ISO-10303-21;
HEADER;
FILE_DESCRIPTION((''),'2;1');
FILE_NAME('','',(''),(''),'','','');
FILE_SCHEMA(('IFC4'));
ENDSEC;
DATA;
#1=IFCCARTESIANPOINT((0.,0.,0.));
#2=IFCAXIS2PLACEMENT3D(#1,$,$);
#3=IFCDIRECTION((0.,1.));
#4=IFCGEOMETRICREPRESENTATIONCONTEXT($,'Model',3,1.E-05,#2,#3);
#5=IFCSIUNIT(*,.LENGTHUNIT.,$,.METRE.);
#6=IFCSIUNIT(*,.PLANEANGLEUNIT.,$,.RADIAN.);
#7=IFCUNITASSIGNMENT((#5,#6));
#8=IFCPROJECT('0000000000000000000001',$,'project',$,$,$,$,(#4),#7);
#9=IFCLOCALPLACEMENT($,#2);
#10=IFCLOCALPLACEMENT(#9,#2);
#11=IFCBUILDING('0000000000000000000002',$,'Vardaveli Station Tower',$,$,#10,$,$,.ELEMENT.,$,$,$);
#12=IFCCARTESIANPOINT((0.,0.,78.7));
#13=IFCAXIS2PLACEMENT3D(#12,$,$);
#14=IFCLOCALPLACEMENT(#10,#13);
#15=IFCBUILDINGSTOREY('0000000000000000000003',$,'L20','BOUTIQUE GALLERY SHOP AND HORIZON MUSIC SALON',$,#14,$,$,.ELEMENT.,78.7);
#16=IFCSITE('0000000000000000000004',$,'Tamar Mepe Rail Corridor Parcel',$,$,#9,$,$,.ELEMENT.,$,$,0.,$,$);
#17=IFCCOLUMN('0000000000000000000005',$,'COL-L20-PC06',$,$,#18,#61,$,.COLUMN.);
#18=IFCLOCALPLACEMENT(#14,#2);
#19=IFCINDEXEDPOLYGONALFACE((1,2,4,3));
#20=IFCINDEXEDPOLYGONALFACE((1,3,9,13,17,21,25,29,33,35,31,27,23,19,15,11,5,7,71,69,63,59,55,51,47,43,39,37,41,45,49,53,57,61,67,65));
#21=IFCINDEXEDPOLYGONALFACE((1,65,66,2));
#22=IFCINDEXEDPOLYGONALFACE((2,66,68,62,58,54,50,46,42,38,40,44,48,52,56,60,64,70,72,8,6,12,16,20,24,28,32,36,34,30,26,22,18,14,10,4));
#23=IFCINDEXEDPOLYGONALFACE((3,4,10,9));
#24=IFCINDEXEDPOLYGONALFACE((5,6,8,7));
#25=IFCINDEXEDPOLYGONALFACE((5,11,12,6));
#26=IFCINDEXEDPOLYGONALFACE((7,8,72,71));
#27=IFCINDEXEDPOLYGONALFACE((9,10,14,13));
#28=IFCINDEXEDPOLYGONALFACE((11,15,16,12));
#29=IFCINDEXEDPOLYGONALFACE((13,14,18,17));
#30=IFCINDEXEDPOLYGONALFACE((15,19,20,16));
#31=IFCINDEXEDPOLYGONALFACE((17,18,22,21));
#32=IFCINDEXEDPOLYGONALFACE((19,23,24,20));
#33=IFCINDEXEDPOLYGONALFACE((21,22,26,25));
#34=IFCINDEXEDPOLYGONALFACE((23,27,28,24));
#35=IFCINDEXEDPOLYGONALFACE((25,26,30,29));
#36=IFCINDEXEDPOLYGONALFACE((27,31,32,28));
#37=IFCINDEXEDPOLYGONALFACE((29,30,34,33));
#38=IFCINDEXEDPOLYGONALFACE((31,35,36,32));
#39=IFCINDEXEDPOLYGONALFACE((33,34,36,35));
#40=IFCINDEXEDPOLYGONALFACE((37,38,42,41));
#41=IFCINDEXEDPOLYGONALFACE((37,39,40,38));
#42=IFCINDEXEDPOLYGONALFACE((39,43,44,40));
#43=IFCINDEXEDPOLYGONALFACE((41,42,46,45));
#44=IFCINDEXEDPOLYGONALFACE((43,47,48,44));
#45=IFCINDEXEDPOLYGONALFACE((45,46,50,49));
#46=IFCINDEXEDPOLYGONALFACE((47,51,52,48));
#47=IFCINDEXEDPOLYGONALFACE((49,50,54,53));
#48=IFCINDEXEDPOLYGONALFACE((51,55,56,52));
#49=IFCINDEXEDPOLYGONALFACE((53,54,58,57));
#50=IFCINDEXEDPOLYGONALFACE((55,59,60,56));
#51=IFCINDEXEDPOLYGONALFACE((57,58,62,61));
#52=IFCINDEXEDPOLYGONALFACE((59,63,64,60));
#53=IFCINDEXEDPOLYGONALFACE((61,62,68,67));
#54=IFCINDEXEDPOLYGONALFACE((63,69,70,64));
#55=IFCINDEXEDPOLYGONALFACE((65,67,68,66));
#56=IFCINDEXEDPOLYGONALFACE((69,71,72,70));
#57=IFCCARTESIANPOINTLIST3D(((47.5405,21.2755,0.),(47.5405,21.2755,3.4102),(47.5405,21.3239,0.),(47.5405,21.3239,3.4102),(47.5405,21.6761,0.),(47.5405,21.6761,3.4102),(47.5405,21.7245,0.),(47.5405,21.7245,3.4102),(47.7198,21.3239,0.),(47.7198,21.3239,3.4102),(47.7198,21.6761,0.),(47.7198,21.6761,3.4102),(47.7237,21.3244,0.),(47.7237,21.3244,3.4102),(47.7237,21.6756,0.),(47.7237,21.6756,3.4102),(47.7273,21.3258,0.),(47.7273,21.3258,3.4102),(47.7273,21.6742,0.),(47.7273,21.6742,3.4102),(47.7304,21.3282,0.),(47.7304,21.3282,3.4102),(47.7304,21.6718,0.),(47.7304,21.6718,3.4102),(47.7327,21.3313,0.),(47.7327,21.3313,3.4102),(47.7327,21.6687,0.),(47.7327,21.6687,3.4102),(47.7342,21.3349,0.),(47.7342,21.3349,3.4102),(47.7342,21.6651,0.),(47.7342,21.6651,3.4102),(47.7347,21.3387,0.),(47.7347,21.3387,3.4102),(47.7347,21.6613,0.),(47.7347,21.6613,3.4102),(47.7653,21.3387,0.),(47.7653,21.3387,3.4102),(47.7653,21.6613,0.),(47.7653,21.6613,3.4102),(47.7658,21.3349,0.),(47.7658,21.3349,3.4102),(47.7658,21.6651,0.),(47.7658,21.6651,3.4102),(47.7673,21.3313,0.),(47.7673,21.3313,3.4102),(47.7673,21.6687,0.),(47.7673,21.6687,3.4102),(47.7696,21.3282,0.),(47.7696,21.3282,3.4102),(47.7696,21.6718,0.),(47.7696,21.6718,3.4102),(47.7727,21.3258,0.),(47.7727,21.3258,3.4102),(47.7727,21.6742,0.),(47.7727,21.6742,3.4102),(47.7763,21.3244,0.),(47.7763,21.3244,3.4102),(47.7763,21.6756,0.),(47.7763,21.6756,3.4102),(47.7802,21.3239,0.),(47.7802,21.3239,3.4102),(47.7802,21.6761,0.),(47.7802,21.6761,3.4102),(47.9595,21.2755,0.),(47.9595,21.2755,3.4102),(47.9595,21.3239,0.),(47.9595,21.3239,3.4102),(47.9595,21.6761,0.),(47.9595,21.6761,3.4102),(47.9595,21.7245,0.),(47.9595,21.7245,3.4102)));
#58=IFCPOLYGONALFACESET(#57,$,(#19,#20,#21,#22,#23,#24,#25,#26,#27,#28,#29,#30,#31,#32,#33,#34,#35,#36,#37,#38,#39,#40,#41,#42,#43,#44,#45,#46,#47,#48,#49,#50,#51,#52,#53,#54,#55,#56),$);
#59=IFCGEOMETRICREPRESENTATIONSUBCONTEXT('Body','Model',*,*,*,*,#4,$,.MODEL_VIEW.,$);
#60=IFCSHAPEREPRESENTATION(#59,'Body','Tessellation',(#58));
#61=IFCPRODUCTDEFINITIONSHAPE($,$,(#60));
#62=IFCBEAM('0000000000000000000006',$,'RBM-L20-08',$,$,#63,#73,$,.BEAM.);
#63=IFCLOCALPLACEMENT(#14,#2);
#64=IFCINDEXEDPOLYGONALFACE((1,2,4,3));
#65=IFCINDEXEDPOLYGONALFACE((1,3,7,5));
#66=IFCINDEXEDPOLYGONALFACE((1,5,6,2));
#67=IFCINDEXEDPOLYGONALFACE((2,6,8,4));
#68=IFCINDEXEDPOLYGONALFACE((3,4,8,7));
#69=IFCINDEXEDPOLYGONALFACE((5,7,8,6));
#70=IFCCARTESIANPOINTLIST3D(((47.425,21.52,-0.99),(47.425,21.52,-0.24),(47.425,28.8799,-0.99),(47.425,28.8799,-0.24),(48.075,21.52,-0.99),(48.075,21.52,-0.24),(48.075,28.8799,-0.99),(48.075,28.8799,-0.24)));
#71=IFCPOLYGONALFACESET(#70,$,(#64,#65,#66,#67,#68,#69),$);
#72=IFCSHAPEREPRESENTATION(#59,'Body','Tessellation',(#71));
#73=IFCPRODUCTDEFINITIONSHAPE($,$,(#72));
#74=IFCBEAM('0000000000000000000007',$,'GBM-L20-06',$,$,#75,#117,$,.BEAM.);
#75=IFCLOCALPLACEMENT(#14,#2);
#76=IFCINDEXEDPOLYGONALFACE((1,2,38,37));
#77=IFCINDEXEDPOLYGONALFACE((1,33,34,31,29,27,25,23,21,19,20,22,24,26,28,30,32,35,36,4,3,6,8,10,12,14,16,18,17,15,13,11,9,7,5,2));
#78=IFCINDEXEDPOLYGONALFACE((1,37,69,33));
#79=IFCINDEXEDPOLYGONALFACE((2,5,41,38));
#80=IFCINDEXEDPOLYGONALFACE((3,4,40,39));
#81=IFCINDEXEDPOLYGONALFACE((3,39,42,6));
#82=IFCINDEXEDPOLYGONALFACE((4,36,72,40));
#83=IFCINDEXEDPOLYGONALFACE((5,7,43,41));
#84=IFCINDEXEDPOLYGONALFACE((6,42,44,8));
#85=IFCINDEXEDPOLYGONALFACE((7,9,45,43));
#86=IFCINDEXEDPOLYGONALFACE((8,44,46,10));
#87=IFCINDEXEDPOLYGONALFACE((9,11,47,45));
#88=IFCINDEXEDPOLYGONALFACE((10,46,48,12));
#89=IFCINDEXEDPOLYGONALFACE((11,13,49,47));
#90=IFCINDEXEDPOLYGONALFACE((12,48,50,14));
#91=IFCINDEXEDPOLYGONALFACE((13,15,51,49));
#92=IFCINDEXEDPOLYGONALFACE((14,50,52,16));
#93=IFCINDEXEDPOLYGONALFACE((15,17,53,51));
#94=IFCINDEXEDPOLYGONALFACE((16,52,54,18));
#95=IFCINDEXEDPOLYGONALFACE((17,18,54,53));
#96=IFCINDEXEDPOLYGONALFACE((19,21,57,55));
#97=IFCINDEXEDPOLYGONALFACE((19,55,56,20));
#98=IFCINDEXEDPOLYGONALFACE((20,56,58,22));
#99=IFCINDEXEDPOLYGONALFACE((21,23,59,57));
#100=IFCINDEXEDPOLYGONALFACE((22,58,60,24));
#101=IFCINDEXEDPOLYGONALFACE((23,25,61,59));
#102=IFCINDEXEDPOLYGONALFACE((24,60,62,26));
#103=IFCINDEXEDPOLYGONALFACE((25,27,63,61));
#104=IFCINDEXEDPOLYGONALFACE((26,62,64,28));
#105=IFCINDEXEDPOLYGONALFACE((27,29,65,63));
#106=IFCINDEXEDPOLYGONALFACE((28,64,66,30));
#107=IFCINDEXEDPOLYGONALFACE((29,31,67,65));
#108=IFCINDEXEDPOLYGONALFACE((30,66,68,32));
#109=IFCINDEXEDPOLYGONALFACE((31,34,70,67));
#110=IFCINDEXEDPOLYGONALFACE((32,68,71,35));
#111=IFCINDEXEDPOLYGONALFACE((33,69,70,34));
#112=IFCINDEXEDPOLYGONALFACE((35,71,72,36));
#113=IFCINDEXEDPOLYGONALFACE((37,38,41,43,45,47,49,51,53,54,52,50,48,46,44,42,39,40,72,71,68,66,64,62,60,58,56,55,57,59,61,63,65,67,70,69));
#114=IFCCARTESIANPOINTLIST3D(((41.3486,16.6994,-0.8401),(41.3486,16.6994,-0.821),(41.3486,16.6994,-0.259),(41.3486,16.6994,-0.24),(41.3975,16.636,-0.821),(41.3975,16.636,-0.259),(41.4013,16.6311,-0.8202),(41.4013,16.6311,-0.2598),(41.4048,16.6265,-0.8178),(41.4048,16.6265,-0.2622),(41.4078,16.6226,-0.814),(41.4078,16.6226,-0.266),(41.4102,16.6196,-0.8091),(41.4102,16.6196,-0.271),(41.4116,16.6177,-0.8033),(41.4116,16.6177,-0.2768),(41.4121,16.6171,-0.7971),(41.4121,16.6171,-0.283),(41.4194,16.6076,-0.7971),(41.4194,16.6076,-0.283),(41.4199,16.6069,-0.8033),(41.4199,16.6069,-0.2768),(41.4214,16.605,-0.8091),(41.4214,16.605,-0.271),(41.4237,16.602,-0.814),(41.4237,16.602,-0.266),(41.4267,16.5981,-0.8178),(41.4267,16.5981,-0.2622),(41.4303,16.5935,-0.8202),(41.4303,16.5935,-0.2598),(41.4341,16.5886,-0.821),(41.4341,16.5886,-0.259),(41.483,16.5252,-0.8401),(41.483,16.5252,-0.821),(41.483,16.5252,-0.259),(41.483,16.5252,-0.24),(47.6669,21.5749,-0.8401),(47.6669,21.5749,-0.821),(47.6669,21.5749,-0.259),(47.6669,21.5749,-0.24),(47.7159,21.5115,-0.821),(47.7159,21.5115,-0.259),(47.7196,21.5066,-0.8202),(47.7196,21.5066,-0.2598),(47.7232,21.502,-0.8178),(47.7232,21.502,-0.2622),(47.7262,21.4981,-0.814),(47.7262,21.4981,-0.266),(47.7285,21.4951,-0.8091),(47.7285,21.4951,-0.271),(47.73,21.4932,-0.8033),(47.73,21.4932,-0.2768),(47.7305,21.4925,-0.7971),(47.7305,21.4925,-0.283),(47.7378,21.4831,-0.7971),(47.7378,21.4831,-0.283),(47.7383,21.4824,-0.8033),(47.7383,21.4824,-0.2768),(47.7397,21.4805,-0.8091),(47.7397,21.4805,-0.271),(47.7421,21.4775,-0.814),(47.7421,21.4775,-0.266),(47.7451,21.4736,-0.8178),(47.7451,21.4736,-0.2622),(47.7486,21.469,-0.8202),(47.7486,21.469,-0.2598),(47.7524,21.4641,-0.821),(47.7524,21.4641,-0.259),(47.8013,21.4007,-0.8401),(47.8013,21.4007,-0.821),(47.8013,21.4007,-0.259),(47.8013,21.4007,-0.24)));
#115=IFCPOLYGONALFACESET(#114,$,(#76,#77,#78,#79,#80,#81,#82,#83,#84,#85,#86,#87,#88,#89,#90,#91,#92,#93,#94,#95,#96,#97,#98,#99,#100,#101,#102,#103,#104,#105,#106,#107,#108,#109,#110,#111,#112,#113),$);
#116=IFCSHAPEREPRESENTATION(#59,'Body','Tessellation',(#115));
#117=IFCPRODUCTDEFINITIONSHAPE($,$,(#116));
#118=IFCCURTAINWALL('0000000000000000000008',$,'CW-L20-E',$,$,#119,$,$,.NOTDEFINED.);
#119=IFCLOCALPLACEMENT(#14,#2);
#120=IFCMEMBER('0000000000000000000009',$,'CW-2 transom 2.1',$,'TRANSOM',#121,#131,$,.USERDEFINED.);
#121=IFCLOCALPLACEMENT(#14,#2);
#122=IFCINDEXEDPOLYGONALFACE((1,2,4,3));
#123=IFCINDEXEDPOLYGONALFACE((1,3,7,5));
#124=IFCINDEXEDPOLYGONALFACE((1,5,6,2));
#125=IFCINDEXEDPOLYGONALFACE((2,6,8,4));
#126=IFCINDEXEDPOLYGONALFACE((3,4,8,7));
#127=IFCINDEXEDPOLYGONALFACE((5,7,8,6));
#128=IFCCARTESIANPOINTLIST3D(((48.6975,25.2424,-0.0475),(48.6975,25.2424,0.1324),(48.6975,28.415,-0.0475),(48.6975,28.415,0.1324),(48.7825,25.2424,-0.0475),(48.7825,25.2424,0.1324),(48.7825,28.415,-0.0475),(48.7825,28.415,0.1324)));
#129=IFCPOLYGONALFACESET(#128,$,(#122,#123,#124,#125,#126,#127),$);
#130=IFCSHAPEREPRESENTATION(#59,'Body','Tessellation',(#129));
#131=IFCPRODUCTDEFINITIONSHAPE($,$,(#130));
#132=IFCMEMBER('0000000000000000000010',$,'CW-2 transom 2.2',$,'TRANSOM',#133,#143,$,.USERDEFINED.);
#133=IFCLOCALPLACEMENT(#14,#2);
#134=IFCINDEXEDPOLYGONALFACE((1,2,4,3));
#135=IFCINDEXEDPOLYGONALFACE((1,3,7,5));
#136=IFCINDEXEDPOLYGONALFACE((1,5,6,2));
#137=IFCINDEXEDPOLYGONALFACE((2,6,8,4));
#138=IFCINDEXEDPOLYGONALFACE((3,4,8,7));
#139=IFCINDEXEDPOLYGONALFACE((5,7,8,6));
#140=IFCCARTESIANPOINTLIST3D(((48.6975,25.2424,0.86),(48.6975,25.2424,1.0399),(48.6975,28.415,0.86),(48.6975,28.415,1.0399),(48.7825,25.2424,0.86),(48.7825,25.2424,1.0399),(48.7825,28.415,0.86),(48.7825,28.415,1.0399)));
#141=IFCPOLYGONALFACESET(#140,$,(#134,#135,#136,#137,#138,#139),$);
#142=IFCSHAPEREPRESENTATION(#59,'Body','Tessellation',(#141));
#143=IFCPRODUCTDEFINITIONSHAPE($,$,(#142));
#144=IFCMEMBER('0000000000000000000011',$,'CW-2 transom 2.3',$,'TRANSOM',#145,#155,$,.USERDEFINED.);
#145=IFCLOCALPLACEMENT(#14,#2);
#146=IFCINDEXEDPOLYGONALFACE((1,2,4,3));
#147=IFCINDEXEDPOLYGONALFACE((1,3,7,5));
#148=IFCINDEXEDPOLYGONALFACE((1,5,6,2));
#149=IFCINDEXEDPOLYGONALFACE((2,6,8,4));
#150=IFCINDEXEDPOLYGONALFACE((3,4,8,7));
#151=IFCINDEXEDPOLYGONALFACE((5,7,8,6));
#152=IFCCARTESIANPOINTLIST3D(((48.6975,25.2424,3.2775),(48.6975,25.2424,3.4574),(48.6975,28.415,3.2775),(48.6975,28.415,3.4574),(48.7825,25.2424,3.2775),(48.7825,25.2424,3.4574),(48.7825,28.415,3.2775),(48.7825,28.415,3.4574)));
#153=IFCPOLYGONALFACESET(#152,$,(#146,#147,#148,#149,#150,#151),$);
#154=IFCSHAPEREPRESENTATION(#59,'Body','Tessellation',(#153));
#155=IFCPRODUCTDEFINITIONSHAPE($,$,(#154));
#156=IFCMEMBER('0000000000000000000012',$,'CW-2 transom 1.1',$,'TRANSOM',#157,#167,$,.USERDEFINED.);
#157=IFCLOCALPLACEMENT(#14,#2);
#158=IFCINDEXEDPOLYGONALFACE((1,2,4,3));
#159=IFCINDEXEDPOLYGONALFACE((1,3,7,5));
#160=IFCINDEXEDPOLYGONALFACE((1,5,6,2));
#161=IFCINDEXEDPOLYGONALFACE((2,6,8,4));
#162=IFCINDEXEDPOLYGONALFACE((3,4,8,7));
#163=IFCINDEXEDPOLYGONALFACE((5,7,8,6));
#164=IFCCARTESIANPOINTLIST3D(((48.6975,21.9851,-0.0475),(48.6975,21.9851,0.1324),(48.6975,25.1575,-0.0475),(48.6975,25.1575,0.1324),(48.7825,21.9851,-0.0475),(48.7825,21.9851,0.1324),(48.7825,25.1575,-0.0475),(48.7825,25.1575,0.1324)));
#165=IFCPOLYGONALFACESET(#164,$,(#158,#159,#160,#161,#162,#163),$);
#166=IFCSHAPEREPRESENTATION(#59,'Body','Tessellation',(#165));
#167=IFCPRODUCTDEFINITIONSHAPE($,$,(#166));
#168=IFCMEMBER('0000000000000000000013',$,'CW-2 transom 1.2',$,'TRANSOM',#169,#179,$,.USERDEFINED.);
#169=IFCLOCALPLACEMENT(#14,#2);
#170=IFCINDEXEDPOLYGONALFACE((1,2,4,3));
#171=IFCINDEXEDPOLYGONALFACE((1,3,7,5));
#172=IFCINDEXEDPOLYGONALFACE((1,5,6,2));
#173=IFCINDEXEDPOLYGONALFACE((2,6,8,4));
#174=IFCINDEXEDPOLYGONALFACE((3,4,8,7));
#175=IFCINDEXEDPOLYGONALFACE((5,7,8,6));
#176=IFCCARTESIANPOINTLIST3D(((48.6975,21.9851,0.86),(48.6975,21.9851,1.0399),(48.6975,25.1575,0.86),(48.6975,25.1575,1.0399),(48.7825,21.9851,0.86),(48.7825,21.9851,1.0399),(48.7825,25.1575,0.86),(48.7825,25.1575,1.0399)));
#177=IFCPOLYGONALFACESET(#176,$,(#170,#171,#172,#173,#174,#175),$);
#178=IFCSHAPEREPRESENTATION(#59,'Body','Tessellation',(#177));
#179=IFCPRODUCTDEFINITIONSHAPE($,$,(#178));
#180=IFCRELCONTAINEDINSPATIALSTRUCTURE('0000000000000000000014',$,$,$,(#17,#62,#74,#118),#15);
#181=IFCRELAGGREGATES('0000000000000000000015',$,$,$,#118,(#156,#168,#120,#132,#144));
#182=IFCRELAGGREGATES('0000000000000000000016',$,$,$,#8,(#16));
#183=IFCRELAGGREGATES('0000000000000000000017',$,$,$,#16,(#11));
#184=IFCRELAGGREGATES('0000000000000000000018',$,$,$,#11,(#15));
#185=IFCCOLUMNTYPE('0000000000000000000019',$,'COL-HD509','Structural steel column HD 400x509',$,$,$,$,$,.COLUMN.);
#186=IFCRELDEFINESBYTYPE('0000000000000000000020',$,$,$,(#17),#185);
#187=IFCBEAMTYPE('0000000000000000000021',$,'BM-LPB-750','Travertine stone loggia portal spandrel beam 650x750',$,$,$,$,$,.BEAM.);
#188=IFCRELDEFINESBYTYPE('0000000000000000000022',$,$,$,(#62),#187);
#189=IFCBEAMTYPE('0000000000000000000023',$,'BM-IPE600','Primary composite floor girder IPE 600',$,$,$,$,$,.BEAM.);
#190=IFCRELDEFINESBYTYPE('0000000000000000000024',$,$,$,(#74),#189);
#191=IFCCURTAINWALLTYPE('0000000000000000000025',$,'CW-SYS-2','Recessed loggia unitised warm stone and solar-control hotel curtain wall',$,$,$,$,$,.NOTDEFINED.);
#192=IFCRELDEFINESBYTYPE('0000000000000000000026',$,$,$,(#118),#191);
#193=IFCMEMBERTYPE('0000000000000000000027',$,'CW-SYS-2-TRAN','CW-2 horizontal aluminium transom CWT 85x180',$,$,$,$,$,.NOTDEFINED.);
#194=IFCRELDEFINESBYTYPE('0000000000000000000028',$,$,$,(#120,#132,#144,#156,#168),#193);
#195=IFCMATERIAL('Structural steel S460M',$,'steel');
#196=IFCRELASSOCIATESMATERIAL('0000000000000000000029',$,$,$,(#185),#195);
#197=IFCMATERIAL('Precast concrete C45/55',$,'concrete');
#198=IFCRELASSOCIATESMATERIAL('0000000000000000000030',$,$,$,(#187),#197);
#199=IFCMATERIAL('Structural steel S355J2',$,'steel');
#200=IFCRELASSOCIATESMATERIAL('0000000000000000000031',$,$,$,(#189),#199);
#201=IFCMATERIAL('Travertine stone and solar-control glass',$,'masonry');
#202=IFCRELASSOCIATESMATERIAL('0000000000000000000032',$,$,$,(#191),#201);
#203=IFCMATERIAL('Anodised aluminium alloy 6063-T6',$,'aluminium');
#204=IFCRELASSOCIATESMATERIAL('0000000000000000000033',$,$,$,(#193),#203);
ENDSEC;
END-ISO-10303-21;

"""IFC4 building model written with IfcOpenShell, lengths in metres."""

from ifc_helpers import new_model, si_unit, direction, frame, origin, origin_2d, place, context, subcontext, project, spatial, rectangle, i_section, extrude, source, transform, mapped, material, material_profile, profile_set, type_object, element, aggregate, save


model = new_model("IFC4")

# Units and contexts
model_context = context("Model", 3, precision=1e-05, world=origin(), true_north=direction((0.0, 1.0)))
body_context = subcontext(model_context, "Body", "Model", "MODEL_VIEW")
ifc_project = project(units=[si_unit("LENGTHUNIT", "METRE"), si_unit("PLANEANGLEUNIT", "RADIAN")], contexts=[model_context])

# Site, building, storey
site_placement = place(None, origin())
site = spatial("IfcSite", under=ifc_project, at=site_placement, Name="Tamar Mepe Rail Corridor Parcel", CompositionType="ELEMENT", RefElevation=0.0)
building_placement = place(site_placement, origin())
building = spatial("IfcBuilding", under=site, at=building_placement, Name="Vardaveli Station Tower", CompositionType="ELEMENT")
storey_placement = place(building_placement, frame((0.0, 0.0, 78.7)))
storey = spatial("IfcBuildingStorey", under=building, at=storey_placement, Name="L20", Description="BOUTIQUE GALLERY SHOP AND HORIZON MUSIC SALON", CompositionType="ELEMENT", Elevation=78.7)

# Column
ifc_material_1 = material(Name="Structural steel S460M", Category="steel")
ifc_material_profile_1 = material_profile(ifc_material_1, i_section(OverallWidth=0.4189, OverallDepth=0.449, WebThickness=0.0305, FlangeThickness=0.0483, FilletRadius=0.0149, at=origin_2d()), Name="HD 400x509")
ifc_profile_set_1 = profile_set([ifc_material_profile_1], Name="Structural steel S460M")
column_type = type_object("IfcColumnType", Name="COL-HD509", Description="Structural steel column HD 400x509", PredefinedType="COLUMN", material=ifc_profile_set_1)
shared_shape_1 = source(origin(), body_context, "Body", "SweptSolid", [
    extrude(i_section(OverallWidth=0.4189, OverallDepth=0.449, WebThickness=0.0305, FlangeThickness=0.0483, FilletRadius=0.0149, at=origin_2d()), origin(), (0.0, 0.0, 1.0), 3.4102),
])
column_placement = place(storey_placement, frame((47.75, 21.5, 0.0), z_axis=(0.0, 0.0, 1.0), x_axis=(1.0, 0.0, 0.0)))
element("IfcColumn", 1, at=column_placement, inside=storey, type_object=column_type, Name="COL-L20-PC06", PredefinedType="COLUMN", context=body_context, shape_type="MappedRepresentation", body=[
    mapped(shared_shape_1, transform((0.0, 0.0, 0.0), scale=1.0)),
])

# Beams
ifc_material_2 = material(Name="Precast concrete C45/55", Category="concrete")
ifc_material_profile_2 = material_profile(ifc_material_2, rectangle(XDim=0.6499, YDim=0.75, at=origin_2d()), Name="LPB 650x750")
ifc_profile_set_2 = profile_set([ifc_material_profile_2], Name="Precast concrete C45/55")
beam_type_1 = type_object("IfcBeamType", Name="BM-LPB-750", Description="Travertine stone loggia portal spandrel beam 650x750", PredefinedType="BEAM", material=ifc_profile_set_2)
shared_shape_2 = source(origin(), body_context, "Body", "SweptSolid", [
    extrude(rectangle(XDim=0.6499, YDim=0.75, at=origin_2d()), origin(), (0.0, 0.0, 1.0), 7.3599),
])
beam_1_placement = place(storey_placement, frame((47.75, 21.52, -0.615), z_axis=(0.0, 1.0, 0.0), x_axis=(-1.0, 0.0, 0.0)))
element("IfcBeam", 2, at=beam_1_placement, inside=storey, type_object=beam_type_1, Name="RBM-L20-08", PredefinedType="BEAM", context=body_context, shape_type="MappedRepresentation", body=[
    mapped(shared_shape_2, transform((0.0, 0.0, 0.0), scale=1.0)),
])
ifc_material_3 = material(Name="Structural steel S355J2", Category="steel")
ifc_material_profile_3 = material_profile(ifc_material_3, i_section(OverallWidth=0.22, OverallDepth=0.6001, WebThickness=0.012, FlangeThickness=0.019, FilletRadius=0.0239, at=origin_2d()), Name="IPE 600")
ifc_profile_set_3 = profile_set([ifc_material_profile_3], Name="Structural steel S355J2")
beam_type_2 = type_object("IfcBeamType", Name="BM-IPE600", Description="Primary composite floor girder IPE 600", PredefinedType="BEAM", material=ifc_profile_set_3)
shared_shape_3 = source(origin(), body_context, "Body", "SweptSolid", [
    extrude(i_section(OverallWidth=0.22, OverallDepth=0.6001, WebThickness=0.012, FlangeThickness=0.019, FilletRadius=0.0239, at=origin_2d()), origin(), (0.0, 0.0, 1.0), 7.9807),
])
beam_2_placement = place(storey_placement, frame((47.7341, 21.4878, -0.54), z_axis=(-0.791702, -0.610908, 0.0), x_axis=(0.610908, -0.791702, 0.0)))
element("IfcBeam", 3, at=beam_2_placement, inside=storey, type_object=beam_type_2, Name="GBM-L20-06", PredefinedType="BEAM", context=body_context, shape_type="MappedRepresentation", body=[
    mapped(shared_shape_3, transform((0.0, 0.0, 0.0), scale=1.0)),
])

# Curtain wall, members
ifc_material_4 = material(Name="Travertine stone and solar-control glass", Category="masonry")
curtain_wall_type = type_object("IfcCurtainWallType", Name="CW-SYS-2", Description="Recessed loggia unitised warm stone and solar-control hotel curtain wall", PredefinedType="NOTDEFINED", material=ifc_material_4)
curtain_wall_placement = place(storey_placement, origin())
curtain_wall = element("IfcCurtainWall", 4, at=curtain_wall_placement, inside=storey, type_object=curtain_wall_type, Name="CW-L20-E", PredefinedType="NOTDEFINED")
ifc_material_5 = material(Name="Anodised aluminium alloy 6063-T6", Category="aluminium")
ifc_material_profile_4 = material_profile(ifc_material_5, rectangle(XDim=0.085, YDim=0.1799, at=origin_2d()), Name="CWT 85x180")
ifc_profile_set_4 = profile_set([ifc_material_profile_4], Name="Anodised aluminium alloy 6063-T6")
member_type_1 = type_object("IfcMemberType", Name="CW-SYS-2-TRAN", Description="CW-2 horizontal aluminium transom CWT 85x180", PredefinedType="NOTDEFINED", material=ifc_profile_set_4)
shared_shape_4 = source(origin(), body_context, "Body", "SweptSolid", [
    extrude(rectangle(XDim=0.085, YDim=0.1799, at=origin_2d()), origin(), (0.0, 0.0, 1.0), 3.1726),
])
member_1_placement = place(storey_placement, frame((48.74, 25.2424, 0.0425), z_axis=(0.0, 1.0, 0.0), x_axis=(-1.0, 0.0, 0.0)))
member_1 = element("IfcMember", 5, at=member_1_placement, type_object=member_type_1, Name="CW-2 transom 2.1", ObjectType="TRANSOM", PredefinedType="USERDEFINED", context=body_context, shape_type="MappedRepresentation", body=[
    mapped(shared_shape_4, transform((0.0, 0.0, 0.0), scale=1.0)),
])
member_2_placement = place(storey_placement, frame((48.74, 25.2424, 0.95), z_axis=(0.0, 1.0, 0.0), x_axis=(-1.0, 0.0, 0.0)))
member_2 = element("IfcMember", 6, at=member_2_placement, type_object=member_type_1, Name="CW-2 transom 2.2", ObjectType="TRANSOM", PredefinedType="USERDEFINED", context=body_context, shape_type="MappedRepresentation", body=[
    mapped(shared_shape_4, transform((0.0, 0.0, 0.0), scale=1.0)),
])
member_3_placement = place(storey_placement, frame((48.74, 25.2424, 3.3674), z_axis=(0.0, 1.0, 0.0), x_axis=(-1.0, 0.0, 0.0)))
member_3 = element("IfcMember", 7, at=member_3_placement, type_object=member_type_1, Name="CW-2 transom 2.3", ObjectType="TRANSOM", PredefinedType="USERDEFINED", context=body_context, shape_type="MappedRepresentation", body=[
    mapped(shared_shape_4, transform((0.0, 0.0, 0.0), scale=1.0)),
])
shared_shape_5 = source(origin(), body_context, "Body", "SweptSolid", [
    extrude(rectangle(XDim=0.085, YDim=0.1799, at=origin_2d()), origin(), (0.0, 0.0, 1.0), 3.1724),
])
member_4_placement = place(storey_placement, frame((48.74, 21.9851, 0.0425), z_axis=(0.0, 1.0, 0.0), x_axis=(-1.0, 0.0, 0.0)))
member_4 = element("IfcMember", 8, at=member_4_placement, type_object=member_type_1, Name="CW-2 transom 1.1", ObjectType="TRANSOM", PredefinedType="USERDEFINED", context=body_context, shape_type="MappedRepresentation", body=[
    mapped(shared_shape_5, transform((0.0, 0.0, 0.0), scale=1.0)),
])
member_5_placement = place(storey_placement, frame((48.74, 21.9851, 0.95), z_axis=(0.0, 1.0, 0.0), x_axis=(-1.0, 0.0, 0.0)))
member_5 = element("IfcMember", 9, at=member_5_placement, type_object=member_type_1, Name="CW-2 transom 1.2", ObjectType="TRANSOM", PredefinedType="USERDEFINED", context=body_context, shape_type="MappedRepresentation", body=[
    mapped(shared_shape_5, transform((0.0, 0.0, 0.0), scale=1.0)),
])
aggregate(curtain_wall, [member_4, member_5, member_1, member_2, member_3])

save(model, "model.ifc")
